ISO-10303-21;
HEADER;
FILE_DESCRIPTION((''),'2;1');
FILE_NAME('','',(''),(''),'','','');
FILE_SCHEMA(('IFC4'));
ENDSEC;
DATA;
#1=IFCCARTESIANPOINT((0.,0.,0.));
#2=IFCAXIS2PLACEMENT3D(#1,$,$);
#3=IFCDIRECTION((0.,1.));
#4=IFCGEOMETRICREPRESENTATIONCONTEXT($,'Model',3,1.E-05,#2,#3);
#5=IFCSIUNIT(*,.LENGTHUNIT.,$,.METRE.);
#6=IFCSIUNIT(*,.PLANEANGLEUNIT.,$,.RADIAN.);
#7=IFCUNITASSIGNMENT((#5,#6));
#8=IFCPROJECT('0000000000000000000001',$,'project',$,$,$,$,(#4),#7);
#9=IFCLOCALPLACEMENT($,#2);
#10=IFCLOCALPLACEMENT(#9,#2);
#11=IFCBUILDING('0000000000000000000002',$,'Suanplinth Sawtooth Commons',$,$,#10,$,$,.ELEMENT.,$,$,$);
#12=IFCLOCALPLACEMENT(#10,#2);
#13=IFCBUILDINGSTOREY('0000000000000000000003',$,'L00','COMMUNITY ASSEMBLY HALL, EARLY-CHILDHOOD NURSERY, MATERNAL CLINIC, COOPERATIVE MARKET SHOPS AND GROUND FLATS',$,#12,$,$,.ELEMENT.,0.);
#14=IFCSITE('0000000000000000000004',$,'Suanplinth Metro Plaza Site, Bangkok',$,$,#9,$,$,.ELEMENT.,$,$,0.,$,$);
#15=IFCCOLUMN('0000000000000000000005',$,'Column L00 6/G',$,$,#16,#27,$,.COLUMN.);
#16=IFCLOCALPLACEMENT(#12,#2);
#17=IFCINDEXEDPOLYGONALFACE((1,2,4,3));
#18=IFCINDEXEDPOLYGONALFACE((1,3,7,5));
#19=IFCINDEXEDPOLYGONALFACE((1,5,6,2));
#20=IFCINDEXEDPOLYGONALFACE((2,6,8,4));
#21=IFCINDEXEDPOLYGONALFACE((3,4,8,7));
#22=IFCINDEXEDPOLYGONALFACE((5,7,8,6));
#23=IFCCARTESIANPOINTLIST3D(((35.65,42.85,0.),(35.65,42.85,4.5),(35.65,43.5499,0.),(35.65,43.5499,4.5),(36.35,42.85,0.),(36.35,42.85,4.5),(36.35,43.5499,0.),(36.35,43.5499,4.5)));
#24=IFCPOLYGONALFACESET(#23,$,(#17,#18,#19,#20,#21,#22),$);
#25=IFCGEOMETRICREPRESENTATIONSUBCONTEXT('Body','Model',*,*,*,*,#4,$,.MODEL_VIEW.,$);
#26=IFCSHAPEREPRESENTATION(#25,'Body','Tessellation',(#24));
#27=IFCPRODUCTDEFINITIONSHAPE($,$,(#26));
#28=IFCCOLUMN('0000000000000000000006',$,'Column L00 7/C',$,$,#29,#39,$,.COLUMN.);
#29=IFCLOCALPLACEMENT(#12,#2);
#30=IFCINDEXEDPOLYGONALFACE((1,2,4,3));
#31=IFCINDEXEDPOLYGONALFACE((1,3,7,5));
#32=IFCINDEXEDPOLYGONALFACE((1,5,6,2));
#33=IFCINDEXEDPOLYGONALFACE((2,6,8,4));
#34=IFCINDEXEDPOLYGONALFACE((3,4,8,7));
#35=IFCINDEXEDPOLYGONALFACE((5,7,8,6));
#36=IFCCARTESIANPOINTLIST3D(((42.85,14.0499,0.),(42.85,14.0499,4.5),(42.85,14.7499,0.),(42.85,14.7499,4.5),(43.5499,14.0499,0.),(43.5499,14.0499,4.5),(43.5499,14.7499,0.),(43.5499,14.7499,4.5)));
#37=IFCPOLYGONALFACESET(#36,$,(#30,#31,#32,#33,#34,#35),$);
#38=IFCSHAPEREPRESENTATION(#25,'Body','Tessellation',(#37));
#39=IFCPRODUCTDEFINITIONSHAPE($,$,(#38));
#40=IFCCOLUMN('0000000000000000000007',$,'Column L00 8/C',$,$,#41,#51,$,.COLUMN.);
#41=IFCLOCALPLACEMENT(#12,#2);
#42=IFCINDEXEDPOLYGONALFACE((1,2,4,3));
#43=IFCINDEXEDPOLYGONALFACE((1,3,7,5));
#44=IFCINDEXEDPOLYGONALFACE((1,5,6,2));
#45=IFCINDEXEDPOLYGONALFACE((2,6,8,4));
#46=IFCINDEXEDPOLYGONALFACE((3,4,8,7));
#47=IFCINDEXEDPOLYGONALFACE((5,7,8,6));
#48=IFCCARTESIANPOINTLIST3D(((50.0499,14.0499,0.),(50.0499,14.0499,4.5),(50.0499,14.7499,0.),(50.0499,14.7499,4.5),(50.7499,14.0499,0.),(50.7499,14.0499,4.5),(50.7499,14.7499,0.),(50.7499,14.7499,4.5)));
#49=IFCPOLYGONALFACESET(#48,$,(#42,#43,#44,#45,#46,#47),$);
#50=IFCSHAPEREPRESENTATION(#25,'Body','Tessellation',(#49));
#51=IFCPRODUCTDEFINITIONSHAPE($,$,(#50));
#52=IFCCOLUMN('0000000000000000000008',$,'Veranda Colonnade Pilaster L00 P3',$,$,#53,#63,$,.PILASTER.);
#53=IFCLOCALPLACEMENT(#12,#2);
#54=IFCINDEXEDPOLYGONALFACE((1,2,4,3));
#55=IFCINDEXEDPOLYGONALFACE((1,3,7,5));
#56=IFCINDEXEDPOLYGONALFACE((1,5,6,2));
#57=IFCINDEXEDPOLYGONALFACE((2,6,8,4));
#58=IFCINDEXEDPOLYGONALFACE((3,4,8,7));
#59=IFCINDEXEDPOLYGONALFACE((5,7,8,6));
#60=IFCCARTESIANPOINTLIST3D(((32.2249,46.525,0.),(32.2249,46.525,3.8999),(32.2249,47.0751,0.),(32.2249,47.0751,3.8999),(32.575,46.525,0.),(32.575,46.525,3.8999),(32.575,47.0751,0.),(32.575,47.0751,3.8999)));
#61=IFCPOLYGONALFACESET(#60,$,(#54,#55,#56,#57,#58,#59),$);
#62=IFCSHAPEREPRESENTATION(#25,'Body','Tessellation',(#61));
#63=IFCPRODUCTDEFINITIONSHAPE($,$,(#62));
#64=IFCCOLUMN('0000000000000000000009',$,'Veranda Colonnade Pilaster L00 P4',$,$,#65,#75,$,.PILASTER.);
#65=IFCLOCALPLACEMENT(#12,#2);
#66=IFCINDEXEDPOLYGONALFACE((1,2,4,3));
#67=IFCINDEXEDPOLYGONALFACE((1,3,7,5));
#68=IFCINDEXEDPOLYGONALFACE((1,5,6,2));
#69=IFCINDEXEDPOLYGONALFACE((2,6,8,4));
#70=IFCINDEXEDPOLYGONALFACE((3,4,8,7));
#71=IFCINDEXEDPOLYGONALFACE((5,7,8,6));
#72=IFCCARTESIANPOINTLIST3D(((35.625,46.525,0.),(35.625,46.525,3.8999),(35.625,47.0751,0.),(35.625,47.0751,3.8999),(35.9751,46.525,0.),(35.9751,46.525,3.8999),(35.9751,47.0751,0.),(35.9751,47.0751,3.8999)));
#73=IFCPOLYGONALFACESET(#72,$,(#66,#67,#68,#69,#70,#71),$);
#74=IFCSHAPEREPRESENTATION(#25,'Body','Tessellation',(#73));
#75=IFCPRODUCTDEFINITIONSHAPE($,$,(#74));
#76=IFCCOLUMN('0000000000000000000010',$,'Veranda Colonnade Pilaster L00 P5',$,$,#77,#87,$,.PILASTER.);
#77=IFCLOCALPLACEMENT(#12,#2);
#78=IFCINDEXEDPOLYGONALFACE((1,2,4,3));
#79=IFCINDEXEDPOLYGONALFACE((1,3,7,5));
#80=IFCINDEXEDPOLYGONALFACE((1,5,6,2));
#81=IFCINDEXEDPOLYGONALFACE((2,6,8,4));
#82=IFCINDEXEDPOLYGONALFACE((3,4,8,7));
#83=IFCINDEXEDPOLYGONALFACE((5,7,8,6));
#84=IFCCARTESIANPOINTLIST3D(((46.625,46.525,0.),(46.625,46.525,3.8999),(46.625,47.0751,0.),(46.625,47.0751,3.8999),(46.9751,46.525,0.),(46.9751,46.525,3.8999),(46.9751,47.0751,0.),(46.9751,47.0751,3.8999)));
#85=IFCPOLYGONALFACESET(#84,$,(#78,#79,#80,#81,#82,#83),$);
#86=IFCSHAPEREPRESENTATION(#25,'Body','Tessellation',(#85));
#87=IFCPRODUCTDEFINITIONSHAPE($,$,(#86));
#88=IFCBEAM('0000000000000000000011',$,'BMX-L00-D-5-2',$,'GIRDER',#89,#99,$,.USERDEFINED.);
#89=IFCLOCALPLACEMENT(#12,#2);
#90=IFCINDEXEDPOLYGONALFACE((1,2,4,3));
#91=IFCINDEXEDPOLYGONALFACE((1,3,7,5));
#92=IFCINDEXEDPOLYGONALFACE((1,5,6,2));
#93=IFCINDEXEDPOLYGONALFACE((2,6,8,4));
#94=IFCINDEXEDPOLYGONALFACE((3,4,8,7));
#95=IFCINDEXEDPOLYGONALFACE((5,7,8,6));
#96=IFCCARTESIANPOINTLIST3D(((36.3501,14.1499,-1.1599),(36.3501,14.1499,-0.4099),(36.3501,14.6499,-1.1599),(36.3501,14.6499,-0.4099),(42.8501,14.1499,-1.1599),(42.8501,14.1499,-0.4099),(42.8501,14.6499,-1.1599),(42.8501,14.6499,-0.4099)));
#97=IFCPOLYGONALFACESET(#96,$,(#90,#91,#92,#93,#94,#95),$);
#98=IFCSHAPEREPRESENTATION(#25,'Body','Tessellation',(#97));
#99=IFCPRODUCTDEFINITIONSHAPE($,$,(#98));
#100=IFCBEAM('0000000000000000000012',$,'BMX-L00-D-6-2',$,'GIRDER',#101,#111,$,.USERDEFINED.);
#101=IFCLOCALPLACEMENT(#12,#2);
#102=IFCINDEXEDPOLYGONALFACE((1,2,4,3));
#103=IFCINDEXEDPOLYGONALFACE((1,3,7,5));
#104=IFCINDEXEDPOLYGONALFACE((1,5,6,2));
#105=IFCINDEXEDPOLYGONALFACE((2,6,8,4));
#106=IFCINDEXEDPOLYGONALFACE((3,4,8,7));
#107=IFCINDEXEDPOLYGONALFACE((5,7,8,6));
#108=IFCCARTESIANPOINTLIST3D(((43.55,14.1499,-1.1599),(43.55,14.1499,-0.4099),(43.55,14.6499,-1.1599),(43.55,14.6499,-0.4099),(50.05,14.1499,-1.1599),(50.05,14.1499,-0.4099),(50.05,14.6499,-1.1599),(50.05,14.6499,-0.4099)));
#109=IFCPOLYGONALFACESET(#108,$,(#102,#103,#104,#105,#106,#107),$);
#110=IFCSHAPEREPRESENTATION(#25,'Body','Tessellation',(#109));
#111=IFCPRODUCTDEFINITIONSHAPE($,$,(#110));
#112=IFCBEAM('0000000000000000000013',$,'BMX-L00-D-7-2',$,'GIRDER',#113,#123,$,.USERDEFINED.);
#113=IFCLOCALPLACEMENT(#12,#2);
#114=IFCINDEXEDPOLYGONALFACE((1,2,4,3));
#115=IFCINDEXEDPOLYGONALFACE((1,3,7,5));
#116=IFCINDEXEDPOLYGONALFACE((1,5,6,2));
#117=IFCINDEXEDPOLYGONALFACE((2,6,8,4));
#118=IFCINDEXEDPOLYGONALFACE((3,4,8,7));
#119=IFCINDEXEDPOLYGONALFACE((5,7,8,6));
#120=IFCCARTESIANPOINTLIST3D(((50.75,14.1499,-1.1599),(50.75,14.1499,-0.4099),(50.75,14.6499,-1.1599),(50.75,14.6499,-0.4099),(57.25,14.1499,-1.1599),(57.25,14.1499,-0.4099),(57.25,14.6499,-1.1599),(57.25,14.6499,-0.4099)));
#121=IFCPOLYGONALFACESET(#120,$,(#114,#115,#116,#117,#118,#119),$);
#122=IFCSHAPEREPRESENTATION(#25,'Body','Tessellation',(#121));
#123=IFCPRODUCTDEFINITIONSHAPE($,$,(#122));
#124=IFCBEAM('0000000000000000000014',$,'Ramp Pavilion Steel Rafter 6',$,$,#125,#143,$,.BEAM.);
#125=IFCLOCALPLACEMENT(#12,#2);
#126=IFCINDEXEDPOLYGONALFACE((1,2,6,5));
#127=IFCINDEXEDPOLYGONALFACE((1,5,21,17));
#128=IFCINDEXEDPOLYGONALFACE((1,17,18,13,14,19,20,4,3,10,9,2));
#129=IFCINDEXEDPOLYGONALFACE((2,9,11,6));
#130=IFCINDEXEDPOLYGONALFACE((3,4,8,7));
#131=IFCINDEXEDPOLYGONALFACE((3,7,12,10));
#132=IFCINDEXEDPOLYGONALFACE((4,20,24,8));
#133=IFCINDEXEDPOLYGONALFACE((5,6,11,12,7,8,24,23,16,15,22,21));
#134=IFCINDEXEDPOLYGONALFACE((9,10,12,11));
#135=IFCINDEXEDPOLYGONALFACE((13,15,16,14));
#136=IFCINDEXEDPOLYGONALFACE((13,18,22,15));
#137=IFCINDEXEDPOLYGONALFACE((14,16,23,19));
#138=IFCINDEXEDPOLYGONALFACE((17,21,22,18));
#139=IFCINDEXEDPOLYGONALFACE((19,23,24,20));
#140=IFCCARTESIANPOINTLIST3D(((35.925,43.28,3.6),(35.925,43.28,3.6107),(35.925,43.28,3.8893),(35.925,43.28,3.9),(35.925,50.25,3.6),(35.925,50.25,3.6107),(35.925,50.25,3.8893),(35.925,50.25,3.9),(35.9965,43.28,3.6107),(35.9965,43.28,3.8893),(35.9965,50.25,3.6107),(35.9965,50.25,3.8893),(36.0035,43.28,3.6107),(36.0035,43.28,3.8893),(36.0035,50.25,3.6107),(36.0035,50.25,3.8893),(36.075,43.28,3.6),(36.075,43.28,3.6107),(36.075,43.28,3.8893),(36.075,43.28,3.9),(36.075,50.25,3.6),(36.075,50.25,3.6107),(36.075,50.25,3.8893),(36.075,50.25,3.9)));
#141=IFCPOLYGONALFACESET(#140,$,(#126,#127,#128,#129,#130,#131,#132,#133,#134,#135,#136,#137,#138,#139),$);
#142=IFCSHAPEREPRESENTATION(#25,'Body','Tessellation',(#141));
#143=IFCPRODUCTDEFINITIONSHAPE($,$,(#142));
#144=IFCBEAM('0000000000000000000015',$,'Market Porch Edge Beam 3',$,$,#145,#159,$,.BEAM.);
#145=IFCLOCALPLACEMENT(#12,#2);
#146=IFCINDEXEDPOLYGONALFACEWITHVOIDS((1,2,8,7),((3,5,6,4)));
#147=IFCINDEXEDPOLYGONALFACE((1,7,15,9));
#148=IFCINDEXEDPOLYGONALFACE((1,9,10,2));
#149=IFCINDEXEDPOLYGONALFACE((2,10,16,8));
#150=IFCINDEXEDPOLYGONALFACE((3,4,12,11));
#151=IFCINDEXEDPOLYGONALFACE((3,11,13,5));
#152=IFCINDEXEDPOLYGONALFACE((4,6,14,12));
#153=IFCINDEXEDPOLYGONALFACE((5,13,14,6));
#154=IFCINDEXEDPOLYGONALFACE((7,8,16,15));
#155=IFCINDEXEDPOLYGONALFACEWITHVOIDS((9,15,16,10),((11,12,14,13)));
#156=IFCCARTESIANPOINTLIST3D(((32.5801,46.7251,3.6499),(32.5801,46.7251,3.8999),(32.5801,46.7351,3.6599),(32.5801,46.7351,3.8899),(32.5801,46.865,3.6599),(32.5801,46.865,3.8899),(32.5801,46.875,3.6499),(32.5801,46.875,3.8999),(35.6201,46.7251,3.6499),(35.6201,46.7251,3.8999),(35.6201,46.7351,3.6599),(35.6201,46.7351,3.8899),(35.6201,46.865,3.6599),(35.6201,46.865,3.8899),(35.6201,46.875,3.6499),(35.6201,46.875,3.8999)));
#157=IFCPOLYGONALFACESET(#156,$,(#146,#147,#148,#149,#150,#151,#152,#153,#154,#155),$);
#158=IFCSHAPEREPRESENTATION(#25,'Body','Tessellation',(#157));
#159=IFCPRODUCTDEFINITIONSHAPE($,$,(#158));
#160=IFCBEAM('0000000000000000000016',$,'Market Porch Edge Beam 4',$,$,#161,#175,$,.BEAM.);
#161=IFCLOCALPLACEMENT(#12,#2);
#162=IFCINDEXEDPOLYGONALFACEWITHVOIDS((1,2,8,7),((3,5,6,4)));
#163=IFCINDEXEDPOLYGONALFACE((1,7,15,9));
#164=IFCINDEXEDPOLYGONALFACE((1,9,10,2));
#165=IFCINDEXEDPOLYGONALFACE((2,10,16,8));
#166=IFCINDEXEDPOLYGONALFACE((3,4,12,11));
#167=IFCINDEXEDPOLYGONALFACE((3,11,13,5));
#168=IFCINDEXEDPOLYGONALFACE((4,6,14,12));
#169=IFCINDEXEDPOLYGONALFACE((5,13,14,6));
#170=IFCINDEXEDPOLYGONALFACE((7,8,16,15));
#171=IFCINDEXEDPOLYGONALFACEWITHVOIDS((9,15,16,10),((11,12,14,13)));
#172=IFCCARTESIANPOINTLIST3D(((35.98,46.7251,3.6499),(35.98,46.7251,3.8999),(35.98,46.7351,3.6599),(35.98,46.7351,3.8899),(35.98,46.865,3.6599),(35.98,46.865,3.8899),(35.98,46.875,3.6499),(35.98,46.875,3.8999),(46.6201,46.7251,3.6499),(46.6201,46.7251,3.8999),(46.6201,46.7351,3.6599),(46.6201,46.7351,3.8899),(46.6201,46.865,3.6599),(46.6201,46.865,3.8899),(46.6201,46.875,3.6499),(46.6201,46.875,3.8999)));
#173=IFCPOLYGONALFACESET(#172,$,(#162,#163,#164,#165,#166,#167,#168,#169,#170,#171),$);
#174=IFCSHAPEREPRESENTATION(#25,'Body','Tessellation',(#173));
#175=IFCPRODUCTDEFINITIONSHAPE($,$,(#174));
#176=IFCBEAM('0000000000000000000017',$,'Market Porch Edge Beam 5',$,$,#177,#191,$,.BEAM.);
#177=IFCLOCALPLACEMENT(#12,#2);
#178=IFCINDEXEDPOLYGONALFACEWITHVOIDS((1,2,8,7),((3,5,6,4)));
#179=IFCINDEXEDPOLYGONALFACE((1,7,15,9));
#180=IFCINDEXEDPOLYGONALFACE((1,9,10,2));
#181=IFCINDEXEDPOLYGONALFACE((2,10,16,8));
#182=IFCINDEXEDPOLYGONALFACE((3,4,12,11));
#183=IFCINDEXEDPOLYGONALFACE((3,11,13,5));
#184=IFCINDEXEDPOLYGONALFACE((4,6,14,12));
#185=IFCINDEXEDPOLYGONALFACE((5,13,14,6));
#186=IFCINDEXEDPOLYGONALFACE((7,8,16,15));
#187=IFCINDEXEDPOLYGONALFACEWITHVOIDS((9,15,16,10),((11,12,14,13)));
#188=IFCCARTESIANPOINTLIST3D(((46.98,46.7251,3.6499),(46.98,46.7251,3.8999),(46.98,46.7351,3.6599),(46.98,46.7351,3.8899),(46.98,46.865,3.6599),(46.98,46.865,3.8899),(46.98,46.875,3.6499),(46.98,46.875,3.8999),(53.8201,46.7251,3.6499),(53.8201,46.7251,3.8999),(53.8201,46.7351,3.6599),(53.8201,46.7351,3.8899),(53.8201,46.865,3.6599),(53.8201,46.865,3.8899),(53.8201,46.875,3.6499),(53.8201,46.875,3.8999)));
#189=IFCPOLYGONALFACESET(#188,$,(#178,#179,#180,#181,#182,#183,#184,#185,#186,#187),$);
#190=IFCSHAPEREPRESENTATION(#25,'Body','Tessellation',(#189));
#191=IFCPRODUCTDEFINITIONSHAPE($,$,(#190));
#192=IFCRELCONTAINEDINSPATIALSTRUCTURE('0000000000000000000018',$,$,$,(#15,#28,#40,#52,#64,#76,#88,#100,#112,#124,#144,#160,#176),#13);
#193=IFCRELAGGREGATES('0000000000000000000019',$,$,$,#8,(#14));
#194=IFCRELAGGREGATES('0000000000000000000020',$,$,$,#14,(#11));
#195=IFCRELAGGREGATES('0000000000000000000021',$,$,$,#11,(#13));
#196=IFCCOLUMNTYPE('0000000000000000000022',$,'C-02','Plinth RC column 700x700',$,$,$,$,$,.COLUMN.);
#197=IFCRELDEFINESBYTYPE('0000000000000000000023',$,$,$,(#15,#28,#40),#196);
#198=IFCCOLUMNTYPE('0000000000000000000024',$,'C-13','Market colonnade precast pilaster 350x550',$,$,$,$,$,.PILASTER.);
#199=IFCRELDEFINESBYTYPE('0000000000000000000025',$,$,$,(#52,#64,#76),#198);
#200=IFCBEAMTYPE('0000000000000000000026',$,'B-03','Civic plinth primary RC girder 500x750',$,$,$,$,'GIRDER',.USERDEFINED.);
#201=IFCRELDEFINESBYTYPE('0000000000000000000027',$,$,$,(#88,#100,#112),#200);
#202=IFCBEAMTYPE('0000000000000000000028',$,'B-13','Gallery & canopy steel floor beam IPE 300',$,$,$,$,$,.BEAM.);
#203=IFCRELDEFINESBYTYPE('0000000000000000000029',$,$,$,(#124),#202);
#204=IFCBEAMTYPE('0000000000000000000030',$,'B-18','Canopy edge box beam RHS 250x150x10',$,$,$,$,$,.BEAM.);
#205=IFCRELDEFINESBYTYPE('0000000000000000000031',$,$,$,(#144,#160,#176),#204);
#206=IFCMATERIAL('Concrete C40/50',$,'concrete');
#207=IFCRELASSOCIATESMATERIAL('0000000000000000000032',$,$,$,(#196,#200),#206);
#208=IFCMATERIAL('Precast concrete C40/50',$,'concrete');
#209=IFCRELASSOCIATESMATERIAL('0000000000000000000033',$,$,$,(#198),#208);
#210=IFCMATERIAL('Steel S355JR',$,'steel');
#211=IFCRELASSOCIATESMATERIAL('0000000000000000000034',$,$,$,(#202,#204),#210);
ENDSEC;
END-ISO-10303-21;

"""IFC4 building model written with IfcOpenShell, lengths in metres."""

from ifc_helpers import new_model, si_unit, direction, frame, origin, origin_2d, place, context, subcontext, project, spatial, rectangle, hollow_rectangle, i_section, extrude, material, material_profile, profile_set, type_object, element, save


model = new_model("IFC4")

# Units and contexts
model_context = context("Model", 3, precision=1e-05, world=origin(), true_north=direction((0.0, 1.0)))
body_context = subcontext(model_context, "Body", "Model", "MODEL_VIEW")
ifc_project = project(units=[si_unit("LENGTHUNIT", "METRE"), si_unit("PLANEANGLEUNIT", "RADIAN")], contexts=[model_context])

# Site, building, storey
site_placement = place(None, origin())
site = spatial("IfcSite", under=ifc_project, at=site_placement, Name="Suanplinth Metro Plaza Site, Bangkok", CompositionType="ELEMENT", RefElevation=0.0)
building_placement = place(site_placement, origin())
building = spatial("IfcBuilding", under=site, at=building_placement, Name="Suanplinth Sawtooth Commons", CompositionType="ELEMENT")
storey_placement = place(building_placement, origin())
storey = spatial("IfcBuildingStorey", under=building, at=storey_placement, Name="L00", Description="COMMUNITY ASSEMBLY HALL, EARLY-CHILDHOOD NURSERY, MATERNAL CLINIC, COOPERATIVE MARKET SHOPS AND GROUND FLATS", CompositionType="ELEMENT", Elevation=0.0)

# Columns
ifc_material_1 = material(Name="Concrete C40/50", Category="concrete")
ifc_material_profile_1 = material_profile(ifc_material_1, rectangle(XDim=0.7, YDim=0.7, at=origin_2d()), Name="RC-COL 700x700")
ifc_profile_set_1 = profile_set([ifc_material_profile_1], Name="Concrete C40/50")
column_type_1 = type_object("IfcColumnType", Name="C-02", Description="Plinth RC column 700x700", PredefinedType="COLUMN", material=ifc_profile_set_1)
for number, where, z_axis, x_axis, name in (
    (1, (36.0, 43.2, 0.0), (0.0, 0.0, 1.0), (1.0, 0.0, 0.0), "Column L00 6/G"),
    (2, (43.2, 14.3999, 0.0), (0.0, 0.0, 1.0), (1.0, 0.0, 0.0), "Column L00 7/C"),
    (3, (50.3999, 14.3999, 0.0), (0.0, 0.0, 1.0), (1.0, 0.0, 0.0), "Column L00 8/C"),
):
    element("IfcColumn", number, at=place(storey_placement, frame(where, z_axis=z_axis, x_axis=x_axis)), inside=storey, type_object=column_type_1, Name=name, PredefinedType="COLUMN", context=body_context, shape_type="SweptSolid", body=[
        extrude(rectangle(XDim=0.7, YDim=0.7, at=origin_2d()), origin(), (0.0, 0.0, 1.0), 4.5),
    ])
ifc_material_2 = material(Name="Precast concrete C40/50", Category="concrete")
ifc_material_profile_2 = material_profile(ifc_material_2, rectangle(XDim=0.3501, YDim=0.55, at=origin_2d()), Name="PC-PIL 350x550")
ifc_profile_set_2 = profile_set([ifc_material_profile_2], Name="Precast concrete C40/50")
column_type_2 = type_object("IfcColumnType", Name="C-13", Description="Market colonnade precast pilaster 350x550", PredefinedType="PILASTER", material=ifc_profile_set_2)
for number, where, z_axis, x_axis, name in (
    (4, (32.3999, 46.8, 0.0), (0.0, 0.0, 1.0), (1.0, 0.0, 0.0), "Veranda Colonnade Pilaster L00 P3"),
    (5, (35.8, 46.8, 0.0), (0.0, 0.0, 1.0), (1.0, 0.0, 0.0), "Veranda Colonnade Pilaster L00 P4"),
    (6, (46.8, 46.8, 0.0), (0.0, 0.0, 1.0), (1.0, 0.0, 0.0), "Veranda Colonnade Pilaster L00 P5"),
):
    element("IfcColumn", number, at=place(storey_placement, frame(where, z_axis=z_axis, x_axis=x_axis)), inside=storey, type_object=column_type_2, Name=name, PredefinedType="PILASTER", context=body_context, shape_type="SweptSolid", body=[
        extrude(rectangle(XDim=0.3501, YDim=0.55, at=origin_2d()), origin(), (0.0, 0.0, 1.0), 3.8999),
    ])

# Beams
ifc_material_profile_3 = material_profile(ifc_material_1, rectangle(XDim=0.5, YDim=0.75, at=origin_2d()), Name="RC-GDR 500x750")
ifc_profile_set_3 = profile_set([ifc_material_profile_3], Name="Concrete C40/50")
beam_type_1 = type_object("IfcBeamType", Name="B-03", Description="Civic plinth primary RC girder 500x750", ElementType="GIRDER", PredefinedType="USERDEFINED", material=ifc_profile_set_3)
for number, where, z_axis, x_axis, name in (
    (7, (36.3501, 14.3999, -0.7849), (1.0, 0.0, 0.0), (0.0, 1.0, 0.0), "BMX-L00-D-5-2"),
    (8, (43.55, 14.3999, -0.7849), (1.0, 0.0, 0.0), (0.0, 1.0, 0.0), "BMX-L00-D-6-2"),
    (9, (50.75, 14.3999, -0.7849), (1.0, 0.0, 0.0), (0.0, 1.0, 0.0), "BMX-L00-D-7-2"),
):
    element("IfcBeam", number, at=place(storey_placement, frame(where, z_axis=z_axis, x_axis=x_axis)), inside=storey, type_object=beam_type_1, Name=name, ObjectType="GIRDER", PredefinedType="USERDEFINED", context=body_context, shape_type="SweptSolid", body=[
        extrude(rectangle(XDim=0.5, YDim=0.75, at=origin_2d()), origin(), (0.0, 0.0, 1.0), 6.5),
    ])
ifc_material_3 = material(Name="Steel S355JR", Category="steel")
ifc_material_profile_4 = material_profile(ifc_material_3, i_section(OverallWidth=0.1499, OverallDepth=0.3, WebThickness=0.0071, FlangeThickness=0.0107, at=origin_2d()), Name="IPE 300")
ifc_profile_set_4 = profile_set([ifc_material_profile_4], Name="Steel S355JR")
beam_type_2 = type_object("IfcBeamType", Name="B-13", Description="Gallery & canopy steel floor beam IPE 300", PredefinedType="BEAM", material=ifc_profile_set_4)
beam_1_placement = place(storey_placement, frame((36.0, 43.28, 3.75), z_axis=(0.0, 1.0, 0.0), x_axis=(-1.0, 0.0, 0.0)))
element("IfcBeam", 10, at=beam_1_placement, inside=storey, type_object=beam_type_2, Name="Ramp Pavilion Steel Rafter 6", PredefinedType="BEAM", context=body_context, shape_type="SweptSolid", body=[
    extrude(i_section(OverallWidth=0.1499, OverallDepth=0.3, WebThickness=0.0071, FlangeThickness=0.0107, at=origin_2d()), origin(), (0.0, 0.0, 1.0), 6.97),
])
ifc_material_profile_5 = material_profile(ifc_material_3, hollow_rectangle(XDim=0.1499, YDim=0.25, WallThickness=0.01, at=origin_2d()), Name="RHS 250x150x10")
ifc_profile_set_5 = profile_set([ifc_material_profile_5], Name="Steel S355JR")
beam_type_3 = type_object("IfcBeamType", Name="B-18", Description="Canopy edge box beam RHS 250x150x10", PredefinedType="BEAM", material=ifc_profile_set_5)
beam_2_placement = place(storey_placement, frame((32.5801, 46.8, 3.7749), z_axis=(1.0, 0.0, 0.0), x_axis=(0.0, 1.0, 0.0)))
element("IfcBeam", 11, at=beam_2_placement, inside=storey, type_object=beam_type_3, Name="Market Porch Edge Beam 3", PredefinedType="BEAM", context=body_context, shape_type="SweptSolid", body=[
    extrude(hollow_rectangle(XDim=0.1499, YDim=0.25, WallThickness=0.01, at=origin_2d()), origin(), (0.0, 0.0, 1.0), 3.04),
])
beam_3_placement = place(storey_placement, frame((35.98, 46.8, 3.7749), z_axis=(1.0, 0.0, 0.0), x_axis=(0.0, 1.0, 0.0)))
element("IfcBeam", 12, at=beam_3_placement, inside=storey, type_object=beam_type_3, Name="Market Porch Edge Beam 4", PredefinedType="BEAM", context=body_context, shape_type="SweptSolid", body=[
    extrude(hollow_rectangle(XDim=0.1499, YDim=0.25, WallThickness=0.01, at=origin_2d()), origin(), (0.0, 0.0, 1.0), 10.6401),
])
beam_4_placement = place(storey_placement, frame((46.98, 46.8, 3.7749), z_axis=(1.0, 0.0, 0.0), x_axis=(0.0, 1.0, 0.0)))
element("IfcBeam", 13, at=beam_4_placement, inside=storey, type_object=beam_type_3, Name="Market Porch Edge Beam 5", PredefinedType="BEAM", context=body_context, shape_type="SweptSolid", body=[
    extrude(hollow_rectangle(XDim=0.1499, YDim=0.25, WallThickness=0.01, at=origin_2d()), origin(), (0.0, 0.0, 1.0), 6.8401),
])

save(model, "model.ifc")
